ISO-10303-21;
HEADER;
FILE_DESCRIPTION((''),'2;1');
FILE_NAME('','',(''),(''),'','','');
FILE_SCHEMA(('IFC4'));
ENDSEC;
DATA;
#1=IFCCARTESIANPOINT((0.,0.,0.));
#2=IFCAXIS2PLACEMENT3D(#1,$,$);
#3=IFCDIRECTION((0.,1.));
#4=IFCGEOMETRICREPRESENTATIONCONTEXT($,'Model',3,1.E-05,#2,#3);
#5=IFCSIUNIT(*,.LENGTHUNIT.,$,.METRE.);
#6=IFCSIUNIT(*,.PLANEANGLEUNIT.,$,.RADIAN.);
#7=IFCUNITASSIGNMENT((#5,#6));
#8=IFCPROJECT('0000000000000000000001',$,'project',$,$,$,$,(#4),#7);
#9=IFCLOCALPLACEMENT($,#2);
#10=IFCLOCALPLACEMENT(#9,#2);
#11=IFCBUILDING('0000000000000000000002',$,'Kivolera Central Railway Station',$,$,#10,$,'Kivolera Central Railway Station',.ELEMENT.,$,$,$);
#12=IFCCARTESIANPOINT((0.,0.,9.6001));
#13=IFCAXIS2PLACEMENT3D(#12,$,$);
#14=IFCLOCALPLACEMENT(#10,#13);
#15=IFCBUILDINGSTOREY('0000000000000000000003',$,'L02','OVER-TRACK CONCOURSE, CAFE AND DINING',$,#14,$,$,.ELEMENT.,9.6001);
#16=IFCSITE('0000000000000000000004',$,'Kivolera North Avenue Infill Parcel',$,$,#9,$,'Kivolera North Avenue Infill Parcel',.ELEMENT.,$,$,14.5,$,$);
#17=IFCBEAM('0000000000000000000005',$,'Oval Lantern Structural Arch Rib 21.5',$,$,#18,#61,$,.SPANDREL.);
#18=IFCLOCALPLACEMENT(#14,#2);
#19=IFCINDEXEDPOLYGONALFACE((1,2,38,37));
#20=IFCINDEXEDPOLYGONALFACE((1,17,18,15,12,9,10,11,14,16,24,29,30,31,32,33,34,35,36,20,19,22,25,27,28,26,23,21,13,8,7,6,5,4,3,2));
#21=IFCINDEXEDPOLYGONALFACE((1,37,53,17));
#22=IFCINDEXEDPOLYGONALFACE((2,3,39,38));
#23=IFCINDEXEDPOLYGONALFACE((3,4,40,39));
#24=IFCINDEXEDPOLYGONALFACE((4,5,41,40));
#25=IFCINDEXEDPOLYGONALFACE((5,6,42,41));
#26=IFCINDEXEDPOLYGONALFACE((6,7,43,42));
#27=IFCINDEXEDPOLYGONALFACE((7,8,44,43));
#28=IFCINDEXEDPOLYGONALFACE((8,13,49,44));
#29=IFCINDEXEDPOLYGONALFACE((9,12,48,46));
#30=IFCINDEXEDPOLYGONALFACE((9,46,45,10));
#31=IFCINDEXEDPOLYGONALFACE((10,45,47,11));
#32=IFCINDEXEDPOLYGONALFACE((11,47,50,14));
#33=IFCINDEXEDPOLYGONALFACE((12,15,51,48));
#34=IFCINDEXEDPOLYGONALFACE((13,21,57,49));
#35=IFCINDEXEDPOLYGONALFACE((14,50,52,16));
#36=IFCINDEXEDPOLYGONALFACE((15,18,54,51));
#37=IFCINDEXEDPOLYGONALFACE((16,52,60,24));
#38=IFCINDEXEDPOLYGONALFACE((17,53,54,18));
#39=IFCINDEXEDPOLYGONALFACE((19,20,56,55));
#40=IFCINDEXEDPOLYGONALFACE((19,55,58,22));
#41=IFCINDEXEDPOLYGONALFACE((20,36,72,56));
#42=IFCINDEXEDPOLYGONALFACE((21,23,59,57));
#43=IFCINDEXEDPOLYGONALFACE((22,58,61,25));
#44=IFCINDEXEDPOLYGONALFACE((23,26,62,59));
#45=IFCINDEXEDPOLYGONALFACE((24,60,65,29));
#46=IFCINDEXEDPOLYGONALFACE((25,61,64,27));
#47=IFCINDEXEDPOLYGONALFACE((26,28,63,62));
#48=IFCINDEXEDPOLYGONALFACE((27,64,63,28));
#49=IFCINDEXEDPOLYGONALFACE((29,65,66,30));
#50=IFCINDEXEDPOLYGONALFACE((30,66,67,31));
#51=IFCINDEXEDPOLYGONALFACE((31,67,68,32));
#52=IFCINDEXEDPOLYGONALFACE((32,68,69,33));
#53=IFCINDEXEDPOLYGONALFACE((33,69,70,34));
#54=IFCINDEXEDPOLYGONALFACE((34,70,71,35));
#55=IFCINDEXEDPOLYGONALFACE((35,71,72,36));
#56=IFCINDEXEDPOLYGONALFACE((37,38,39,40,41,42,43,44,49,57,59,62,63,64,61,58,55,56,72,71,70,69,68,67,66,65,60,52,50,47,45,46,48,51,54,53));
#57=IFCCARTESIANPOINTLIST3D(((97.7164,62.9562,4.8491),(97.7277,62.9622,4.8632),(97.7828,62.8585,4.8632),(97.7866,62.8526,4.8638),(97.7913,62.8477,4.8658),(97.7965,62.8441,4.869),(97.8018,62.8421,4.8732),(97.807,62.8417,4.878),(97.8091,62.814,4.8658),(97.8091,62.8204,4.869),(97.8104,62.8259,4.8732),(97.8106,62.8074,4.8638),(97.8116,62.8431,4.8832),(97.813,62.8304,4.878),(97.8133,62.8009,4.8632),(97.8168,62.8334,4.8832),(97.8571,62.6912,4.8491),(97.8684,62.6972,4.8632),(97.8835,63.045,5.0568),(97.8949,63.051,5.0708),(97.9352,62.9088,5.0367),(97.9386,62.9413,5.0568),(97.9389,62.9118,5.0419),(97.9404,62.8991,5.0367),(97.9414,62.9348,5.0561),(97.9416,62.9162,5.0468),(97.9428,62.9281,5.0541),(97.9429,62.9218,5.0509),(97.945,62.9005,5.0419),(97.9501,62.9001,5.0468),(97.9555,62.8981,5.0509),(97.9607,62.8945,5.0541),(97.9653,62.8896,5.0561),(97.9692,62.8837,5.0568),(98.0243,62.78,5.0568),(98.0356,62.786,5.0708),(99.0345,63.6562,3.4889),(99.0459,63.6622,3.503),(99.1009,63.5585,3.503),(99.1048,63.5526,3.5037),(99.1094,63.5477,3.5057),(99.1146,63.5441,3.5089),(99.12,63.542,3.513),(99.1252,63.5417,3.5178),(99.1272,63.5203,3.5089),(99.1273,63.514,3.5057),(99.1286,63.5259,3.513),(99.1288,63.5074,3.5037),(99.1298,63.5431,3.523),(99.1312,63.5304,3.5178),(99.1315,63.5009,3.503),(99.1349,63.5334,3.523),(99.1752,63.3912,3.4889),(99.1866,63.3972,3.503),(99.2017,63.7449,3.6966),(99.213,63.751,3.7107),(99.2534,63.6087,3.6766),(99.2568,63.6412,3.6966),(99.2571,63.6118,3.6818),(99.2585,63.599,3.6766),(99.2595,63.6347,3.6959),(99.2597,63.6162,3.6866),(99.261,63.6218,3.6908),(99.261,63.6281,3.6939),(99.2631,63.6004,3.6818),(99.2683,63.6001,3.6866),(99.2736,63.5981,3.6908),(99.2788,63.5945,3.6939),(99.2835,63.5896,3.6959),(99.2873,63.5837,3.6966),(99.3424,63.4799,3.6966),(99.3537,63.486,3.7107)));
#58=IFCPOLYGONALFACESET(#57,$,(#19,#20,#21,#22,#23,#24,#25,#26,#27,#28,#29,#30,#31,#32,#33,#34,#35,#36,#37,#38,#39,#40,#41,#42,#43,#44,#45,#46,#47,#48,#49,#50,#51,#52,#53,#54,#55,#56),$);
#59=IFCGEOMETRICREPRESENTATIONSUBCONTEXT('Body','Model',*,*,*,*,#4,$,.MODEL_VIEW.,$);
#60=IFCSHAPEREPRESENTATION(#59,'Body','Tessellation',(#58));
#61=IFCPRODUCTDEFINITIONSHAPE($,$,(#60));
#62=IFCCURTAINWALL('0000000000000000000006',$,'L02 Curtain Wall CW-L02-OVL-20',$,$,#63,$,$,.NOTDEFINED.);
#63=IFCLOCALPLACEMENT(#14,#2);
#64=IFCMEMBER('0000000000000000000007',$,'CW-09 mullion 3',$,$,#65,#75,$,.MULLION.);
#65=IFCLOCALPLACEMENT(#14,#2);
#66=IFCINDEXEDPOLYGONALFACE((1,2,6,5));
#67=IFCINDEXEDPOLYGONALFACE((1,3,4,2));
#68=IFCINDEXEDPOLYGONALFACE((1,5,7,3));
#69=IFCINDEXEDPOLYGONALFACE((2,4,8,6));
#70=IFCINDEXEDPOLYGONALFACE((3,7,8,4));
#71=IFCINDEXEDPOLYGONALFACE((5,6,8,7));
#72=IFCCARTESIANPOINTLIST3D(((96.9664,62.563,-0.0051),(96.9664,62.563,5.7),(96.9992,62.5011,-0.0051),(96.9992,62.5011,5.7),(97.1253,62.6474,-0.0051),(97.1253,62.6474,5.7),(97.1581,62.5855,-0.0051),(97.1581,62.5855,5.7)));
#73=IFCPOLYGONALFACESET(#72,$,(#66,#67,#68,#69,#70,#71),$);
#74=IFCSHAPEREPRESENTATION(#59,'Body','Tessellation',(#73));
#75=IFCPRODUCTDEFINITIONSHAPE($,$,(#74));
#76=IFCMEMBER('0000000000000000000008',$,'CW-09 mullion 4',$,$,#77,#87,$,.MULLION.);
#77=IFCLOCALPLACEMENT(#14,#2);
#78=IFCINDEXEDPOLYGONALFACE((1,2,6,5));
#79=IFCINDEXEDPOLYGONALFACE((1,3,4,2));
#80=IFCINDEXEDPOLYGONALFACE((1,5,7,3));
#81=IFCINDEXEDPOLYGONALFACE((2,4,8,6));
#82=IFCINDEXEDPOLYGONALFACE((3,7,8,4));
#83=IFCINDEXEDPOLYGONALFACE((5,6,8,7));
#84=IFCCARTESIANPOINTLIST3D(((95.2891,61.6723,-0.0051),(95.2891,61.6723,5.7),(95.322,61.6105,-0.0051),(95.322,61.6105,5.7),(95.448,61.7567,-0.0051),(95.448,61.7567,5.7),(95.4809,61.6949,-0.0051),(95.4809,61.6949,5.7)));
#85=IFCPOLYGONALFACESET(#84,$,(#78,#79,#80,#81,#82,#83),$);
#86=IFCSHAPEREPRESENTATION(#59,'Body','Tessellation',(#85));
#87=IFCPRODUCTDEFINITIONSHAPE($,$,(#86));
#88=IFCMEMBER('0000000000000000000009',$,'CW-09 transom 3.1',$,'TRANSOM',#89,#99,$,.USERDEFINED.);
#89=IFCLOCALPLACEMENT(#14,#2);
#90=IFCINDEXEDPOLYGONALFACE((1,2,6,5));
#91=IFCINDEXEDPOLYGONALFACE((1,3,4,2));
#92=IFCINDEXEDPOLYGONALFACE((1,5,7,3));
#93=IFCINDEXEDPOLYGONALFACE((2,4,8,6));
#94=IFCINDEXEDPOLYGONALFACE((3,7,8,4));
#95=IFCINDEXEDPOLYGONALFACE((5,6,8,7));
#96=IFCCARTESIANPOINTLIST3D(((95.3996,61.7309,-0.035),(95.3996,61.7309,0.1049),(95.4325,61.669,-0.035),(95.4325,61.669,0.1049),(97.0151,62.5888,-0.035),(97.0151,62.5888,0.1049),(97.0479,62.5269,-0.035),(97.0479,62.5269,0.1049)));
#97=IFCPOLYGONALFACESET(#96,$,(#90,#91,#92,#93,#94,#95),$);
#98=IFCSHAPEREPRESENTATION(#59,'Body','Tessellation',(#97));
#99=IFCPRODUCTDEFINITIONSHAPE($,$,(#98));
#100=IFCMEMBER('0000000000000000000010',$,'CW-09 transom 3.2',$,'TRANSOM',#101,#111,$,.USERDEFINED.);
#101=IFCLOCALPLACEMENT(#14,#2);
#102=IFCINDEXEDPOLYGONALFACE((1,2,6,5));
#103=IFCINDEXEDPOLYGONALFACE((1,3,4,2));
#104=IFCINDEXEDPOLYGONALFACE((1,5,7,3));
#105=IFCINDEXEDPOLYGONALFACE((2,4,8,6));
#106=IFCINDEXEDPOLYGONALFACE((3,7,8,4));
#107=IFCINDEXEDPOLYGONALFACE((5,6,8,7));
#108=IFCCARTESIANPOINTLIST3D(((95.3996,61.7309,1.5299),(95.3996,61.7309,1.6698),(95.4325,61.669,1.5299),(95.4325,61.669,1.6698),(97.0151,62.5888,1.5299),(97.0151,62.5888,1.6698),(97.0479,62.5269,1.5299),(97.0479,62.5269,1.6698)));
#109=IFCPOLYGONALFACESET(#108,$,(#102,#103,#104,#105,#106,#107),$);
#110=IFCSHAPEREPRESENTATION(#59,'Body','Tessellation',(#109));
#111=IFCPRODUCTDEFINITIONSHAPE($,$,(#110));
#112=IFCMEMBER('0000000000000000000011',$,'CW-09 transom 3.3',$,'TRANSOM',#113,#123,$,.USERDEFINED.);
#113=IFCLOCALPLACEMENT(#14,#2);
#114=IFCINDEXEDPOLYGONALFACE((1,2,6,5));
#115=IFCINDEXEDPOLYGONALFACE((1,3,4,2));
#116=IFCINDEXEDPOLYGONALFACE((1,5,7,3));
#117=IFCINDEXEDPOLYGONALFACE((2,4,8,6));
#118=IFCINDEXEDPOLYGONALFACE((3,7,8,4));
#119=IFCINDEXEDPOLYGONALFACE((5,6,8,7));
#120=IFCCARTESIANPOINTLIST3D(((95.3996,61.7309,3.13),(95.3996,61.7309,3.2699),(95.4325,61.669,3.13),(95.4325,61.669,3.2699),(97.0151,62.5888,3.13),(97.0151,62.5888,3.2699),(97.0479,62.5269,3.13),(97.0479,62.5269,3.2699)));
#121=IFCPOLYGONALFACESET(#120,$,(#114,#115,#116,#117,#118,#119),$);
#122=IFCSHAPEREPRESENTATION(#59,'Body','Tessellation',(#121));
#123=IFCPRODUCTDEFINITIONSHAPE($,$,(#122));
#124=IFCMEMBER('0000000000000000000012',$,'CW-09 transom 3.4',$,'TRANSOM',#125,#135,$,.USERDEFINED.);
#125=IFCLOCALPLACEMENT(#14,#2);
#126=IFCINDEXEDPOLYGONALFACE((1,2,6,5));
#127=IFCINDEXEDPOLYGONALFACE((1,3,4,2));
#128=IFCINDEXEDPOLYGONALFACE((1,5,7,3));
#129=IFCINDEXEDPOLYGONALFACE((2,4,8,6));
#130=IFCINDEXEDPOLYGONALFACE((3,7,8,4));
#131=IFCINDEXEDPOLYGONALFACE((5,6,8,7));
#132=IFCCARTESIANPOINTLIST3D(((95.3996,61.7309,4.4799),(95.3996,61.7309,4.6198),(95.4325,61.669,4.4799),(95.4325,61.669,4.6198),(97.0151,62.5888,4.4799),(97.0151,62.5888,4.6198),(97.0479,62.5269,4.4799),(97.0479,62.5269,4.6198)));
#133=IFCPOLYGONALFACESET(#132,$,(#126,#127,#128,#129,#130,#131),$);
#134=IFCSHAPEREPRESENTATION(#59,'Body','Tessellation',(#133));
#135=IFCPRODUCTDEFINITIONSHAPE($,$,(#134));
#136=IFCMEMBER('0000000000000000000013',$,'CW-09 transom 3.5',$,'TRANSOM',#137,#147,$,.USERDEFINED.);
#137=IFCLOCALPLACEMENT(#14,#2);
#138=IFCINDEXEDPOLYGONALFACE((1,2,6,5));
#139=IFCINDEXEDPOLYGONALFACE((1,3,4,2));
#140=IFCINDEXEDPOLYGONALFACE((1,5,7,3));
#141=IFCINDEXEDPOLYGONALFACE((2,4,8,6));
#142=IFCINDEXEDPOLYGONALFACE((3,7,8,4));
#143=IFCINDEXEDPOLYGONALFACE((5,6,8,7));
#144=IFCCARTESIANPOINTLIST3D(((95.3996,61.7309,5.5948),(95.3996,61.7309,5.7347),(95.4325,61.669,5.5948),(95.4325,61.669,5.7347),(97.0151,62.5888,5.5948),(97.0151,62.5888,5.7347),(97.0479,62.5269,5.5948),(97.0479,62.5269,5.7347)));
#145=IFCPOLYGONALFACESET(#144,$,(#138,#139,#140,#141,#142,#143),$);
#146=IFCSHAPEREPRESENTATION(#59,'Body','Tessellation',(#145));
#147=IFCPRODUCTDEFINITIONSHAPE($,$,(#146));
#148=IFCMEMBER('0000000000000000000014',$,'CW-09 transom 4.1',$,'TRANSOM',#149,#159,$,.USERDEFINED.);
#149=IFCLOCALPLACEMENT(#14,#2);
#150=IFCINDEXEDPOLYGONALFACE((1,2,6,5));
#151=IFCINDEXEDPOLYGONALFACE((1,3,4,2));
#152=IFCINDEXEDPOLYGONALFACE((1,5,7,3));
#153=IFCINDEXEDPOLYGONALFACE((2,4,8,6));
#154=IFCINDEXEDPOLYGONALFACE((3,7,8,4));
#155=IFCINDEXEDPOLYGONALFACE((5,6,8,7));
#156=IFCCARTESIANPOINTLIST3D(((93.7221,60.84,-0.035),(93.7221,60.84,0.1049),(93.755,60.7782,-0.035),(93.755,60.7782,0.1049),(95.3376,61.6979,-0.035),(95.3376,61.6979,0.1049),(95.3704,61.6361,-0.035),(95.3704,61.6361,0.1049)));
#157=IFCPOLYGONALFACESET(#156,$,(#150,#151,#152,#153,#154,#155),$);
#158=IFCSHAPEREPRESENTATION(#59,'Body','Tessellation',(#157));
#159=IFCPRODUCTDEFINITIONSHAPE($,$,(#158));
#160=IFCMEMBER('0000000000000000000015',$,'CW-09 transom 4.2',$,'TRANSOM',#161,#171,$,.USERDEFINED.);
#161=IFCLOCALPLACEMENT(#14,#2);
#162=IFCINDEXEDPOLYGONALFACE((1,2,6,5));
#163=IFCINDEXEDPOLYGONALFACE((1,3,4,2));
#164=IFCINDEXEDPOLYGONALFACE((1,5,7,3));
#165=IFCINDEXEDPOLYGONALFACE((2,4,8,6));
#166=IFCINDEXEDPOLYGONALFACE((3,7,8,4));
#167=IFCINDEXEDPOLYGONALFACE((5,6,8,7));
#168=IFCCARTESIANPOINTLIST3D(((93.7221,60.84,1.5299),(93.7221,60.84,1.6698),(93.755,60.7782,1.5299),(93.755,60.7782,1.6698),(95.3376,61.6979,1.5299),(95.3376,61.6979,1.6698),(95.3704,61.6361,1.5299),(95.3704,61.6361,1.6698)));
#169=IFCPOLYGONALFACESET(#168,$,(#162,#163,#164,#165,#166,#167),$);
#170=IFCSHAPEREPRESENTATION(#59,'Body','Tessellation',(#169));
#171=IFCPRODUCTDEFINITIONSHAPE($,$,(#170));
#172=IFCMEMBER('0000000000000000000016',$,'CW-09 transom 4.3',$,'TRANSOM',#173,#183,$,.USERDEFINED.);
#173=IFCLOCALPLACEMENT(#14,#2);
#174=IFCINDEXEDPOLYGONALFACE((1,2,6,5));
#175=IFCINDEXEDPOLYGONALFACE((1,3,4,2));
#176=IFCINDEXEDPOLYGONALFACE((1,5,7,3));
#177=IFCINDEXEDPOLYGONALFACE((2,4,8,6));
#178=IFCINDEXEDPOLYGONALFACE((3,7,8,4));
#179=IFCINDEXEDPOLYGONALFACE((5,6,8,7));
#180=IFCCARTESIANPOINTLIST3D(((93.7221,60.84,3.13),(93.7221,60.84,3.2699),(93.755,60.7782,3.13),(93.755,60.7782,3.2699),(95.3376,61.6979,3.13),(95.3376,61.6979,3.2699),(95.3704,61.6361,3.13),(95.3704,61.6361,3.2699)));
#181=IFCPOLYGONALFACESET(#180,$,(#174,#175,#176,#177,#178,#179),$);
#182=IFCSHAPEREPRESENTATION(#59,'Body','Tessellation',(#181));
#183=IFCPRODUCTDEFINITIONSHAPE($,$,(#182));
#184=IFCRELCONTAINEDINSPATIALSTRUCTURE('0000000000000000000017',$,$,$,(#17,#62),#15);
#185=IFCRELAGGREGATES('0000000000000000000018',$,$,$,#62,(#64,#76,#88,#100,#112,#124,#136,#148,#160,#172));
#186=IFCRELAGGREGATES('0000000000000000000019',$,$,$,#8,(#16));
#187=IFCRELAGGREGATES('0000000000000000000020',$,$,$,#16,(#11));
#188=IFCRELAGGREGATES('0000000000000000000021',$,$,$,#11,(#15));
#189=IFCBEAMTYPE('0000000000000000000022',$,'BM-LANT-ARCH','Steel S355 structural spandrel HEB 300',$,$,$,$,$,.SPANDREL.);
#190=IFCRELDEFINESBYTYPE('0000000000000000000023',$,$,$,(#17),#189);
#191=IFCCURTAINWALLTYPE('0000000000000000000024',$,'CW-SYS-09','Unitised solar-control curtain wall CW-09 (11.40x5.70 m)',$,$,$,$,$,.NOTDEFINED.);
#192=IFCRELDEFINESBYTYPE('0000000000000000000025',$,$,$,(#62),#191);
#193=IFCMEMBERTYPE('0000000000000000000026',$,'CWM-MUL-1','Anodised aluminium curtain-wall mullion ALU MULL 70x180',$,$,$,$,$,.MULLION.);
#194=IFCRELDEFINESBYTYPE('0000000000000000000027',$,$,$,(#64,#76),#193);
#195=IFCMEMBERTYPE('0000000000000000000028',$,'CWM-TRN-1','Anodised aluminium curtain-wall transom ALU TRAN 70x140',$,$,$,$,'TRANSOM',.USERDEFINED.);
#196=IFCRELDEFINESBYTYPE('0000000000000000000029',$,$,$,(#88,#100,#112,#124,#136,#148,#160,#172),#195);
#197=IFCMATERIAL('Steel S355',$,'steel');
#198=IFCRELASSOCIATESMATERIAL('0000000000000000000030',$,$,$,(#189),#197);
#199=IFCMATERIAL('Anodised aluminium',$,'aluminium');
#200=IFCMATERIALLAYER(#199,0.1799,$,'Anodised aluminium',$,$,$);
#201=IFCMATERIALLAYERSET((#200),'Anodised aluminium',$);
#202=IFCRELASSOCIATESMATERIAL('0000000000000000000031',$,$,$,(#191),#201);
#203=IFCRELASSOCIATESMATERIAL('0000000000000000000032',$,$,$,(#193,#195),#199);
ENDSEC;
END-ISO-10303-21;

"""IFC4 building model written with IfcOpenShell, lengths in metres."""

from ifc_helpers import new_model, si_unit, direction, frame, origin, origin_2d, place, context, subcontext, project, spatial, rectangle, i_section, extrude, material, layer, layer_set, material_profile, profile_set, type_object, element, aggregate, save


model = new_model("IFC4")

# Units and contexts
model_context = context("Model", 3, precision=1e-05, world=origin(), true_north=direction((0.0, 1.0)))
body_context = subcontext(model_context, "Body", "Model", "MODEL_VIEW")
ifc_project = project(units=[si_unit("LENGTHUNIT", "METRE"), si_unit("PLANEANGLEUNIT", "RADIAN")], contexts=[model_context])

# Site, building, storey
site_placement = place(None, origin())
site = spatial("IfcSite", under=ifc_project, at=site_placement, Name="Kivolera North Avenue Infill Parcel", LongName="Kivolera North Avenue Infill Parcel", CompositionType="ELEMENT", RefElevation=14.5)
building_placement = place(site_placement, origin())
building = spatial("IfcBuilding", under=site, at=building_placement, Name="Kivolera Central Railway Station", LongName="Kivolera Central Railway Station", CompositionType="ELEMENT")
storey_placement = place(building_placement, frame((0.0, 0.0, 9.6001)))
storey = spatial("IfcBuildingStorey", under=building, at=storey_placement, Name="L02", Description="OVER-TRACK CONCOURSE, CAFE AND DINING", CompositionType="ELEMENT", Elevation=9.6001)

# Beam
ifc_material_1 = material(Name="Steel S355", Category="steel")
ifc_material_profile_1 = material_profile(ifc_material_1, i_section(OverallWidth=0.3, OverallDepth=0.3, WebThickness=0.011, FlangeThickness=0.019, FilletRadius=0.0271, at=origin_2d()), Name="HEB 300")
ifc_profile_set_1 = profile_set([ifc_material_profile_1], Name="Steel S355")
beam_type = type_object("IfcBeamType", Name="BM-LANT-ARCH", Description="Steel S355 structural spandrel HEB 300", PredefinedType="SPANDREL", material=ifc_profile_set_1)
beam_placement = place(storey_placement, frame((97.876, 62.8711, 4.96), z_axis=(0.652784, 0.346644, -0.67358), x_axis=(-0.469, 0.883198, 0.0)))
element("IfcBeam", 1, at=beam_placement, inside=storey, type_object=beam_type, Name="Oval Lantern Structural Arch Rib 21.5", PredefinedType="SPANDREL", context=body_context, shape_type="SweptSolid", body=[
    extrude(i_section(OverallWidth=0.3, OverallDepth=0.3, WebThickness=0.011, FlangeThickness=0.019, FilletRadius=0.0271, at=origin_2d()), origin(), (0.0, 0.0, 1.0), 2.0193),
])

# Curtain wall, members
ifc_material_2 = material(Name="Anodised aluminium", Category="aluminium")
ifc_layer_1 = layer(ifc_material_2, 0.1799, Name="Anodised aluminium")
ifc_layer_set_1 = layer_set([ifc_layer_1], Name="Anodised aluminium")
curtain_wall_type = type_object("IfcCurtainWallType", Name="CW-SYS-09", Description="Unitised solar-control curtain wall CW-09 (11.40x5.70 m)", PredefinedType="NOTDEFINED", material=ifc_layer_set_1)
curtain_wall_placement = place(storey_placement, origin())
curtain_wall = element("IfcCurtainWall", 2, at=curtain_wall_placement, inside=storey, type_object=curtain_wall_type, Name="L02 Curtain Wall CW-L02-OVL-20", PredefinedType="NOTDEFINED")
ifc_material_profile_2 = material_profile(ifc_material_2, rectangle(XDim=0.0701, YDim=0.1799, at=origin_2d()), Name="ALU MULL 70x180")
ifc_profile_set_2 = profile_set([ifc_material_profile_2], Name="Anodised aluminium")
member_type_1 = type_object("IfcMemberType", Name="CWM-MUL-1", Description="Anodised aluminium curtain-wall mullion ALU MULL 70x180", PredefinedType="MULLION", material=ifc_profile_set_2)
member_1_placement = place(storey_placement, frame((97.0623, 62.5742, -0.0051), z_axis=(0.0, 0.0, 1.0), x_axis=(0.469053, -0.88317, 0.0)))
member_1 = element("IfcMember", 3, at=member_1_placement, type_object=member_type_1, Name="CW-09 mullion 3", PredefinedType="MULLION", context=body_context, shape_type="SweptSolid", body=[
    extrude(rectangle(XDim=0.0701, YDim=0.1799, at=origin_2d()), origin(), (0.0, 0.0, 1.0), 5.7051),
])
member_2_placement = place(storey_placement, frame((95.385, 61.6836, -0.0051), z_axis=(0.0, 0.0, 1.0), x_axis=(0.469053, -0.88317, 0.0)))
member_2 = element("IfcMember", 4, at=member_2_placement, type_object=member_type_1, Name="CW-09 mullion 4", PredefinedType="MULLION", context=body_context, shape_type="SweptSolid", body=[
    extrude(rectangle(XDim=0.0701, YDim=0.1799, at=origin_2d()), origin(), (0.0, 0.0, 1.0), 5.7051),
])
ifc_material_profile_3 = material_profile(ifc_material_2, rectangle(XDim=0.0701, YDim=0.1399, at=origin_2d()), Name="ALU TRAN 70x140")
ifc_profile_set_3 = profile_set([ifc_material_profile_3], Name="Anodised aluminium")
member_type_2 = type_object("IfcMemberType", Name="CWM-TRN-1", Description="Anodised aluminium curtain-wall transom ALU TRAN 70x140", ElementType="TRANSOM", PredefinedType="USERDEFINED", material=ifc_profile_set_3)
member_3_placement = place(storey_placement, frame((97.0315, 62.5579, 0.0349), z_axis=(-0.883187, -0.469022, 0.0), x_axis=(0.469022, -0.883187, 0.0)))
member_3 = element("IfcMember", 5, at=member_3_placement, type_object=member_type_2, Name="CW-09 transom 3.1", ObjectType="TRANSOM", PredefinedType="USERDEFINED", context=body_context, shape_type="SweptSolid", body=[
    extrude(rectangle(XDim=0.0701, YDim=0.1399, at=origin_2d()), origin(), (0.0, 0.0, 1.0), 1.8291),
])
member_4_placement = place(storey_placement, frame((97.0315, 62.5579, 1.5999), z_axis=(-0.883187, -0.469022, 0.0), x_axis=(0.469022, -0.883187, 0.0)))
member_4 = element("IfcMember", 6, at=member_4_placement, type_object=member_type_2, Name="CW-09 transom 3.2", ObjectType="TRANSOM", PredefinedType="USERDEFINED", context=body_context, shape_type="SweptSolid", body=[
    extrude(rectangle(XDim=0.0701, YDim=0.1399, at=origin_2d()), origin(), (0.0, 0.0, 1.0), 1.8291),
])
member_5_placement = place(storey_placement, frame((97.0315, 62.5579, 3.2), z_axis=(-0.883187, -0.469022, 0.0), x_axis=(0.469022, -0.883187, 0.0)))
member_5 = element("IfcMember", 7, at=member_5_placement, type_object=member_type_2, Name="CW-09 transom 3.3", ObjectType="TRANSOM", PredefinedType="USERDEFINED", context=body_context, shape_type="SweptSolid", body=[
    extrude(rectangle(XDim=0.0701, YDim=0.1399, at=origin_2d()), origin(), (0.0, 0.0, 1.0), 1.8291),
])
member_6_placement = place(storey_placement, frame((97.0315, 62.5579, 4.5498), z_axis=(-0.883187, -0.469022, 0.0), x_axis=(0.469022, -0.883187, 0.0)))
member_6 = element("IfcMember", 8, at=member_6_placement, type_object=member_type_2, Name="CW-09 transom 3.4", ObjectType="TRANSOM", PredefinedType="USERDEFINED", context=body_context, shape_type="SweptSolid", body=[
    extrude(rectangle(XDim=0.0701, YDim=0.1399, at=origin_2d()), origin(), (0.0, 0.0, 1.0), 1.8291),
])
member_7_placement = place(storey_placement, frame((97.0315, 62.5579, 5.6648), z_axis=(-0.883187, -0.469022, 0.0), x_axis=(0.469022, -0.883187, 0.0)))
member_7 = element("IfcMember", 9, at=member_7_placement, type_object=member_type_2, Name="CW-09 transom 3.5", ObjectType="TRANSOM", PredefinedType="USERDEFINED", context=body_context, shape_type="SweptSolid", body=[
    extrude(rectangle(XDim=0.0701, YDim=0.1399, at=origin_2d()), origin(), (0.0, 0.0, 1.0), 1.8291),
])
member_8_placement = place(storey_placement, frame((95.354, 61.667, 0.0349), z_axis=(-0.883187, -0.469022, 0.0), x_axis=(0.469022, -0.883187, 0.0)))
member_8 = element("IfcMember", 10, at=member_8_placement, type_object=member_type_2, Name="CW-09 transom 4.1", ObjectType="TRANSOM", PredefinedType="USERDEFINED", context=body_context, shape_type="SweptSolid", body=[
    extrude(rectangle(XDim=0.0701, YDim=0.1399, at=origin_2d()), origin(), (0.0, 0.0, 1.0), 1.8291),
])
member_9_placement = place(storey_placement, frame((95.354, 61.667, 1.5999), z_axis=(-0.883187, -0.469022, 0.0), x_axis=(0.469022, -0.883187, 0.0)))
member_9 = element("IfcMember", 11, at=member_9_placement, type_object=member_type_2, Name="CW-09 transom 4.2", ObjectType="TRANSOM", PredefinedType="USERDEFINED", context=body_context, shape_type="SweptSolid", body=[
    extrude(rectangle(XDim=0.0701, YDim=0.1399, at=origin_2d()), origin(), (0.0, 0.0, 1.0), 1.8291),
])
member_10_placement = place(storey_placement, frame((95.354, 61.667, 3.2), z_axis=(-0.883187, -0.469022, 0.0), x_axis=(0.469022, -0.883187, 0.0)))
member_10 = element("IfcMember", 12, at=member_10_placement, type_object=member_type_2, Name="CW-09 transom 4.3", ObjectType="TRANSOM", PredefinedType="USERDEFINED", context=body_context, shape_type="SweptSolid", body=[
    extrude(rectangle(XDim=0.0701, YDim=0.1399, at=origin_2d()), origin(), (0.0, 0.0, 1.0), 1.8291),
])
aggregate(curtain_wall, [member_1, member_2, member_3, member_4, member_5, member_6, member_7, member_8, member_9, member_10])

save(model, "model.ifc")
